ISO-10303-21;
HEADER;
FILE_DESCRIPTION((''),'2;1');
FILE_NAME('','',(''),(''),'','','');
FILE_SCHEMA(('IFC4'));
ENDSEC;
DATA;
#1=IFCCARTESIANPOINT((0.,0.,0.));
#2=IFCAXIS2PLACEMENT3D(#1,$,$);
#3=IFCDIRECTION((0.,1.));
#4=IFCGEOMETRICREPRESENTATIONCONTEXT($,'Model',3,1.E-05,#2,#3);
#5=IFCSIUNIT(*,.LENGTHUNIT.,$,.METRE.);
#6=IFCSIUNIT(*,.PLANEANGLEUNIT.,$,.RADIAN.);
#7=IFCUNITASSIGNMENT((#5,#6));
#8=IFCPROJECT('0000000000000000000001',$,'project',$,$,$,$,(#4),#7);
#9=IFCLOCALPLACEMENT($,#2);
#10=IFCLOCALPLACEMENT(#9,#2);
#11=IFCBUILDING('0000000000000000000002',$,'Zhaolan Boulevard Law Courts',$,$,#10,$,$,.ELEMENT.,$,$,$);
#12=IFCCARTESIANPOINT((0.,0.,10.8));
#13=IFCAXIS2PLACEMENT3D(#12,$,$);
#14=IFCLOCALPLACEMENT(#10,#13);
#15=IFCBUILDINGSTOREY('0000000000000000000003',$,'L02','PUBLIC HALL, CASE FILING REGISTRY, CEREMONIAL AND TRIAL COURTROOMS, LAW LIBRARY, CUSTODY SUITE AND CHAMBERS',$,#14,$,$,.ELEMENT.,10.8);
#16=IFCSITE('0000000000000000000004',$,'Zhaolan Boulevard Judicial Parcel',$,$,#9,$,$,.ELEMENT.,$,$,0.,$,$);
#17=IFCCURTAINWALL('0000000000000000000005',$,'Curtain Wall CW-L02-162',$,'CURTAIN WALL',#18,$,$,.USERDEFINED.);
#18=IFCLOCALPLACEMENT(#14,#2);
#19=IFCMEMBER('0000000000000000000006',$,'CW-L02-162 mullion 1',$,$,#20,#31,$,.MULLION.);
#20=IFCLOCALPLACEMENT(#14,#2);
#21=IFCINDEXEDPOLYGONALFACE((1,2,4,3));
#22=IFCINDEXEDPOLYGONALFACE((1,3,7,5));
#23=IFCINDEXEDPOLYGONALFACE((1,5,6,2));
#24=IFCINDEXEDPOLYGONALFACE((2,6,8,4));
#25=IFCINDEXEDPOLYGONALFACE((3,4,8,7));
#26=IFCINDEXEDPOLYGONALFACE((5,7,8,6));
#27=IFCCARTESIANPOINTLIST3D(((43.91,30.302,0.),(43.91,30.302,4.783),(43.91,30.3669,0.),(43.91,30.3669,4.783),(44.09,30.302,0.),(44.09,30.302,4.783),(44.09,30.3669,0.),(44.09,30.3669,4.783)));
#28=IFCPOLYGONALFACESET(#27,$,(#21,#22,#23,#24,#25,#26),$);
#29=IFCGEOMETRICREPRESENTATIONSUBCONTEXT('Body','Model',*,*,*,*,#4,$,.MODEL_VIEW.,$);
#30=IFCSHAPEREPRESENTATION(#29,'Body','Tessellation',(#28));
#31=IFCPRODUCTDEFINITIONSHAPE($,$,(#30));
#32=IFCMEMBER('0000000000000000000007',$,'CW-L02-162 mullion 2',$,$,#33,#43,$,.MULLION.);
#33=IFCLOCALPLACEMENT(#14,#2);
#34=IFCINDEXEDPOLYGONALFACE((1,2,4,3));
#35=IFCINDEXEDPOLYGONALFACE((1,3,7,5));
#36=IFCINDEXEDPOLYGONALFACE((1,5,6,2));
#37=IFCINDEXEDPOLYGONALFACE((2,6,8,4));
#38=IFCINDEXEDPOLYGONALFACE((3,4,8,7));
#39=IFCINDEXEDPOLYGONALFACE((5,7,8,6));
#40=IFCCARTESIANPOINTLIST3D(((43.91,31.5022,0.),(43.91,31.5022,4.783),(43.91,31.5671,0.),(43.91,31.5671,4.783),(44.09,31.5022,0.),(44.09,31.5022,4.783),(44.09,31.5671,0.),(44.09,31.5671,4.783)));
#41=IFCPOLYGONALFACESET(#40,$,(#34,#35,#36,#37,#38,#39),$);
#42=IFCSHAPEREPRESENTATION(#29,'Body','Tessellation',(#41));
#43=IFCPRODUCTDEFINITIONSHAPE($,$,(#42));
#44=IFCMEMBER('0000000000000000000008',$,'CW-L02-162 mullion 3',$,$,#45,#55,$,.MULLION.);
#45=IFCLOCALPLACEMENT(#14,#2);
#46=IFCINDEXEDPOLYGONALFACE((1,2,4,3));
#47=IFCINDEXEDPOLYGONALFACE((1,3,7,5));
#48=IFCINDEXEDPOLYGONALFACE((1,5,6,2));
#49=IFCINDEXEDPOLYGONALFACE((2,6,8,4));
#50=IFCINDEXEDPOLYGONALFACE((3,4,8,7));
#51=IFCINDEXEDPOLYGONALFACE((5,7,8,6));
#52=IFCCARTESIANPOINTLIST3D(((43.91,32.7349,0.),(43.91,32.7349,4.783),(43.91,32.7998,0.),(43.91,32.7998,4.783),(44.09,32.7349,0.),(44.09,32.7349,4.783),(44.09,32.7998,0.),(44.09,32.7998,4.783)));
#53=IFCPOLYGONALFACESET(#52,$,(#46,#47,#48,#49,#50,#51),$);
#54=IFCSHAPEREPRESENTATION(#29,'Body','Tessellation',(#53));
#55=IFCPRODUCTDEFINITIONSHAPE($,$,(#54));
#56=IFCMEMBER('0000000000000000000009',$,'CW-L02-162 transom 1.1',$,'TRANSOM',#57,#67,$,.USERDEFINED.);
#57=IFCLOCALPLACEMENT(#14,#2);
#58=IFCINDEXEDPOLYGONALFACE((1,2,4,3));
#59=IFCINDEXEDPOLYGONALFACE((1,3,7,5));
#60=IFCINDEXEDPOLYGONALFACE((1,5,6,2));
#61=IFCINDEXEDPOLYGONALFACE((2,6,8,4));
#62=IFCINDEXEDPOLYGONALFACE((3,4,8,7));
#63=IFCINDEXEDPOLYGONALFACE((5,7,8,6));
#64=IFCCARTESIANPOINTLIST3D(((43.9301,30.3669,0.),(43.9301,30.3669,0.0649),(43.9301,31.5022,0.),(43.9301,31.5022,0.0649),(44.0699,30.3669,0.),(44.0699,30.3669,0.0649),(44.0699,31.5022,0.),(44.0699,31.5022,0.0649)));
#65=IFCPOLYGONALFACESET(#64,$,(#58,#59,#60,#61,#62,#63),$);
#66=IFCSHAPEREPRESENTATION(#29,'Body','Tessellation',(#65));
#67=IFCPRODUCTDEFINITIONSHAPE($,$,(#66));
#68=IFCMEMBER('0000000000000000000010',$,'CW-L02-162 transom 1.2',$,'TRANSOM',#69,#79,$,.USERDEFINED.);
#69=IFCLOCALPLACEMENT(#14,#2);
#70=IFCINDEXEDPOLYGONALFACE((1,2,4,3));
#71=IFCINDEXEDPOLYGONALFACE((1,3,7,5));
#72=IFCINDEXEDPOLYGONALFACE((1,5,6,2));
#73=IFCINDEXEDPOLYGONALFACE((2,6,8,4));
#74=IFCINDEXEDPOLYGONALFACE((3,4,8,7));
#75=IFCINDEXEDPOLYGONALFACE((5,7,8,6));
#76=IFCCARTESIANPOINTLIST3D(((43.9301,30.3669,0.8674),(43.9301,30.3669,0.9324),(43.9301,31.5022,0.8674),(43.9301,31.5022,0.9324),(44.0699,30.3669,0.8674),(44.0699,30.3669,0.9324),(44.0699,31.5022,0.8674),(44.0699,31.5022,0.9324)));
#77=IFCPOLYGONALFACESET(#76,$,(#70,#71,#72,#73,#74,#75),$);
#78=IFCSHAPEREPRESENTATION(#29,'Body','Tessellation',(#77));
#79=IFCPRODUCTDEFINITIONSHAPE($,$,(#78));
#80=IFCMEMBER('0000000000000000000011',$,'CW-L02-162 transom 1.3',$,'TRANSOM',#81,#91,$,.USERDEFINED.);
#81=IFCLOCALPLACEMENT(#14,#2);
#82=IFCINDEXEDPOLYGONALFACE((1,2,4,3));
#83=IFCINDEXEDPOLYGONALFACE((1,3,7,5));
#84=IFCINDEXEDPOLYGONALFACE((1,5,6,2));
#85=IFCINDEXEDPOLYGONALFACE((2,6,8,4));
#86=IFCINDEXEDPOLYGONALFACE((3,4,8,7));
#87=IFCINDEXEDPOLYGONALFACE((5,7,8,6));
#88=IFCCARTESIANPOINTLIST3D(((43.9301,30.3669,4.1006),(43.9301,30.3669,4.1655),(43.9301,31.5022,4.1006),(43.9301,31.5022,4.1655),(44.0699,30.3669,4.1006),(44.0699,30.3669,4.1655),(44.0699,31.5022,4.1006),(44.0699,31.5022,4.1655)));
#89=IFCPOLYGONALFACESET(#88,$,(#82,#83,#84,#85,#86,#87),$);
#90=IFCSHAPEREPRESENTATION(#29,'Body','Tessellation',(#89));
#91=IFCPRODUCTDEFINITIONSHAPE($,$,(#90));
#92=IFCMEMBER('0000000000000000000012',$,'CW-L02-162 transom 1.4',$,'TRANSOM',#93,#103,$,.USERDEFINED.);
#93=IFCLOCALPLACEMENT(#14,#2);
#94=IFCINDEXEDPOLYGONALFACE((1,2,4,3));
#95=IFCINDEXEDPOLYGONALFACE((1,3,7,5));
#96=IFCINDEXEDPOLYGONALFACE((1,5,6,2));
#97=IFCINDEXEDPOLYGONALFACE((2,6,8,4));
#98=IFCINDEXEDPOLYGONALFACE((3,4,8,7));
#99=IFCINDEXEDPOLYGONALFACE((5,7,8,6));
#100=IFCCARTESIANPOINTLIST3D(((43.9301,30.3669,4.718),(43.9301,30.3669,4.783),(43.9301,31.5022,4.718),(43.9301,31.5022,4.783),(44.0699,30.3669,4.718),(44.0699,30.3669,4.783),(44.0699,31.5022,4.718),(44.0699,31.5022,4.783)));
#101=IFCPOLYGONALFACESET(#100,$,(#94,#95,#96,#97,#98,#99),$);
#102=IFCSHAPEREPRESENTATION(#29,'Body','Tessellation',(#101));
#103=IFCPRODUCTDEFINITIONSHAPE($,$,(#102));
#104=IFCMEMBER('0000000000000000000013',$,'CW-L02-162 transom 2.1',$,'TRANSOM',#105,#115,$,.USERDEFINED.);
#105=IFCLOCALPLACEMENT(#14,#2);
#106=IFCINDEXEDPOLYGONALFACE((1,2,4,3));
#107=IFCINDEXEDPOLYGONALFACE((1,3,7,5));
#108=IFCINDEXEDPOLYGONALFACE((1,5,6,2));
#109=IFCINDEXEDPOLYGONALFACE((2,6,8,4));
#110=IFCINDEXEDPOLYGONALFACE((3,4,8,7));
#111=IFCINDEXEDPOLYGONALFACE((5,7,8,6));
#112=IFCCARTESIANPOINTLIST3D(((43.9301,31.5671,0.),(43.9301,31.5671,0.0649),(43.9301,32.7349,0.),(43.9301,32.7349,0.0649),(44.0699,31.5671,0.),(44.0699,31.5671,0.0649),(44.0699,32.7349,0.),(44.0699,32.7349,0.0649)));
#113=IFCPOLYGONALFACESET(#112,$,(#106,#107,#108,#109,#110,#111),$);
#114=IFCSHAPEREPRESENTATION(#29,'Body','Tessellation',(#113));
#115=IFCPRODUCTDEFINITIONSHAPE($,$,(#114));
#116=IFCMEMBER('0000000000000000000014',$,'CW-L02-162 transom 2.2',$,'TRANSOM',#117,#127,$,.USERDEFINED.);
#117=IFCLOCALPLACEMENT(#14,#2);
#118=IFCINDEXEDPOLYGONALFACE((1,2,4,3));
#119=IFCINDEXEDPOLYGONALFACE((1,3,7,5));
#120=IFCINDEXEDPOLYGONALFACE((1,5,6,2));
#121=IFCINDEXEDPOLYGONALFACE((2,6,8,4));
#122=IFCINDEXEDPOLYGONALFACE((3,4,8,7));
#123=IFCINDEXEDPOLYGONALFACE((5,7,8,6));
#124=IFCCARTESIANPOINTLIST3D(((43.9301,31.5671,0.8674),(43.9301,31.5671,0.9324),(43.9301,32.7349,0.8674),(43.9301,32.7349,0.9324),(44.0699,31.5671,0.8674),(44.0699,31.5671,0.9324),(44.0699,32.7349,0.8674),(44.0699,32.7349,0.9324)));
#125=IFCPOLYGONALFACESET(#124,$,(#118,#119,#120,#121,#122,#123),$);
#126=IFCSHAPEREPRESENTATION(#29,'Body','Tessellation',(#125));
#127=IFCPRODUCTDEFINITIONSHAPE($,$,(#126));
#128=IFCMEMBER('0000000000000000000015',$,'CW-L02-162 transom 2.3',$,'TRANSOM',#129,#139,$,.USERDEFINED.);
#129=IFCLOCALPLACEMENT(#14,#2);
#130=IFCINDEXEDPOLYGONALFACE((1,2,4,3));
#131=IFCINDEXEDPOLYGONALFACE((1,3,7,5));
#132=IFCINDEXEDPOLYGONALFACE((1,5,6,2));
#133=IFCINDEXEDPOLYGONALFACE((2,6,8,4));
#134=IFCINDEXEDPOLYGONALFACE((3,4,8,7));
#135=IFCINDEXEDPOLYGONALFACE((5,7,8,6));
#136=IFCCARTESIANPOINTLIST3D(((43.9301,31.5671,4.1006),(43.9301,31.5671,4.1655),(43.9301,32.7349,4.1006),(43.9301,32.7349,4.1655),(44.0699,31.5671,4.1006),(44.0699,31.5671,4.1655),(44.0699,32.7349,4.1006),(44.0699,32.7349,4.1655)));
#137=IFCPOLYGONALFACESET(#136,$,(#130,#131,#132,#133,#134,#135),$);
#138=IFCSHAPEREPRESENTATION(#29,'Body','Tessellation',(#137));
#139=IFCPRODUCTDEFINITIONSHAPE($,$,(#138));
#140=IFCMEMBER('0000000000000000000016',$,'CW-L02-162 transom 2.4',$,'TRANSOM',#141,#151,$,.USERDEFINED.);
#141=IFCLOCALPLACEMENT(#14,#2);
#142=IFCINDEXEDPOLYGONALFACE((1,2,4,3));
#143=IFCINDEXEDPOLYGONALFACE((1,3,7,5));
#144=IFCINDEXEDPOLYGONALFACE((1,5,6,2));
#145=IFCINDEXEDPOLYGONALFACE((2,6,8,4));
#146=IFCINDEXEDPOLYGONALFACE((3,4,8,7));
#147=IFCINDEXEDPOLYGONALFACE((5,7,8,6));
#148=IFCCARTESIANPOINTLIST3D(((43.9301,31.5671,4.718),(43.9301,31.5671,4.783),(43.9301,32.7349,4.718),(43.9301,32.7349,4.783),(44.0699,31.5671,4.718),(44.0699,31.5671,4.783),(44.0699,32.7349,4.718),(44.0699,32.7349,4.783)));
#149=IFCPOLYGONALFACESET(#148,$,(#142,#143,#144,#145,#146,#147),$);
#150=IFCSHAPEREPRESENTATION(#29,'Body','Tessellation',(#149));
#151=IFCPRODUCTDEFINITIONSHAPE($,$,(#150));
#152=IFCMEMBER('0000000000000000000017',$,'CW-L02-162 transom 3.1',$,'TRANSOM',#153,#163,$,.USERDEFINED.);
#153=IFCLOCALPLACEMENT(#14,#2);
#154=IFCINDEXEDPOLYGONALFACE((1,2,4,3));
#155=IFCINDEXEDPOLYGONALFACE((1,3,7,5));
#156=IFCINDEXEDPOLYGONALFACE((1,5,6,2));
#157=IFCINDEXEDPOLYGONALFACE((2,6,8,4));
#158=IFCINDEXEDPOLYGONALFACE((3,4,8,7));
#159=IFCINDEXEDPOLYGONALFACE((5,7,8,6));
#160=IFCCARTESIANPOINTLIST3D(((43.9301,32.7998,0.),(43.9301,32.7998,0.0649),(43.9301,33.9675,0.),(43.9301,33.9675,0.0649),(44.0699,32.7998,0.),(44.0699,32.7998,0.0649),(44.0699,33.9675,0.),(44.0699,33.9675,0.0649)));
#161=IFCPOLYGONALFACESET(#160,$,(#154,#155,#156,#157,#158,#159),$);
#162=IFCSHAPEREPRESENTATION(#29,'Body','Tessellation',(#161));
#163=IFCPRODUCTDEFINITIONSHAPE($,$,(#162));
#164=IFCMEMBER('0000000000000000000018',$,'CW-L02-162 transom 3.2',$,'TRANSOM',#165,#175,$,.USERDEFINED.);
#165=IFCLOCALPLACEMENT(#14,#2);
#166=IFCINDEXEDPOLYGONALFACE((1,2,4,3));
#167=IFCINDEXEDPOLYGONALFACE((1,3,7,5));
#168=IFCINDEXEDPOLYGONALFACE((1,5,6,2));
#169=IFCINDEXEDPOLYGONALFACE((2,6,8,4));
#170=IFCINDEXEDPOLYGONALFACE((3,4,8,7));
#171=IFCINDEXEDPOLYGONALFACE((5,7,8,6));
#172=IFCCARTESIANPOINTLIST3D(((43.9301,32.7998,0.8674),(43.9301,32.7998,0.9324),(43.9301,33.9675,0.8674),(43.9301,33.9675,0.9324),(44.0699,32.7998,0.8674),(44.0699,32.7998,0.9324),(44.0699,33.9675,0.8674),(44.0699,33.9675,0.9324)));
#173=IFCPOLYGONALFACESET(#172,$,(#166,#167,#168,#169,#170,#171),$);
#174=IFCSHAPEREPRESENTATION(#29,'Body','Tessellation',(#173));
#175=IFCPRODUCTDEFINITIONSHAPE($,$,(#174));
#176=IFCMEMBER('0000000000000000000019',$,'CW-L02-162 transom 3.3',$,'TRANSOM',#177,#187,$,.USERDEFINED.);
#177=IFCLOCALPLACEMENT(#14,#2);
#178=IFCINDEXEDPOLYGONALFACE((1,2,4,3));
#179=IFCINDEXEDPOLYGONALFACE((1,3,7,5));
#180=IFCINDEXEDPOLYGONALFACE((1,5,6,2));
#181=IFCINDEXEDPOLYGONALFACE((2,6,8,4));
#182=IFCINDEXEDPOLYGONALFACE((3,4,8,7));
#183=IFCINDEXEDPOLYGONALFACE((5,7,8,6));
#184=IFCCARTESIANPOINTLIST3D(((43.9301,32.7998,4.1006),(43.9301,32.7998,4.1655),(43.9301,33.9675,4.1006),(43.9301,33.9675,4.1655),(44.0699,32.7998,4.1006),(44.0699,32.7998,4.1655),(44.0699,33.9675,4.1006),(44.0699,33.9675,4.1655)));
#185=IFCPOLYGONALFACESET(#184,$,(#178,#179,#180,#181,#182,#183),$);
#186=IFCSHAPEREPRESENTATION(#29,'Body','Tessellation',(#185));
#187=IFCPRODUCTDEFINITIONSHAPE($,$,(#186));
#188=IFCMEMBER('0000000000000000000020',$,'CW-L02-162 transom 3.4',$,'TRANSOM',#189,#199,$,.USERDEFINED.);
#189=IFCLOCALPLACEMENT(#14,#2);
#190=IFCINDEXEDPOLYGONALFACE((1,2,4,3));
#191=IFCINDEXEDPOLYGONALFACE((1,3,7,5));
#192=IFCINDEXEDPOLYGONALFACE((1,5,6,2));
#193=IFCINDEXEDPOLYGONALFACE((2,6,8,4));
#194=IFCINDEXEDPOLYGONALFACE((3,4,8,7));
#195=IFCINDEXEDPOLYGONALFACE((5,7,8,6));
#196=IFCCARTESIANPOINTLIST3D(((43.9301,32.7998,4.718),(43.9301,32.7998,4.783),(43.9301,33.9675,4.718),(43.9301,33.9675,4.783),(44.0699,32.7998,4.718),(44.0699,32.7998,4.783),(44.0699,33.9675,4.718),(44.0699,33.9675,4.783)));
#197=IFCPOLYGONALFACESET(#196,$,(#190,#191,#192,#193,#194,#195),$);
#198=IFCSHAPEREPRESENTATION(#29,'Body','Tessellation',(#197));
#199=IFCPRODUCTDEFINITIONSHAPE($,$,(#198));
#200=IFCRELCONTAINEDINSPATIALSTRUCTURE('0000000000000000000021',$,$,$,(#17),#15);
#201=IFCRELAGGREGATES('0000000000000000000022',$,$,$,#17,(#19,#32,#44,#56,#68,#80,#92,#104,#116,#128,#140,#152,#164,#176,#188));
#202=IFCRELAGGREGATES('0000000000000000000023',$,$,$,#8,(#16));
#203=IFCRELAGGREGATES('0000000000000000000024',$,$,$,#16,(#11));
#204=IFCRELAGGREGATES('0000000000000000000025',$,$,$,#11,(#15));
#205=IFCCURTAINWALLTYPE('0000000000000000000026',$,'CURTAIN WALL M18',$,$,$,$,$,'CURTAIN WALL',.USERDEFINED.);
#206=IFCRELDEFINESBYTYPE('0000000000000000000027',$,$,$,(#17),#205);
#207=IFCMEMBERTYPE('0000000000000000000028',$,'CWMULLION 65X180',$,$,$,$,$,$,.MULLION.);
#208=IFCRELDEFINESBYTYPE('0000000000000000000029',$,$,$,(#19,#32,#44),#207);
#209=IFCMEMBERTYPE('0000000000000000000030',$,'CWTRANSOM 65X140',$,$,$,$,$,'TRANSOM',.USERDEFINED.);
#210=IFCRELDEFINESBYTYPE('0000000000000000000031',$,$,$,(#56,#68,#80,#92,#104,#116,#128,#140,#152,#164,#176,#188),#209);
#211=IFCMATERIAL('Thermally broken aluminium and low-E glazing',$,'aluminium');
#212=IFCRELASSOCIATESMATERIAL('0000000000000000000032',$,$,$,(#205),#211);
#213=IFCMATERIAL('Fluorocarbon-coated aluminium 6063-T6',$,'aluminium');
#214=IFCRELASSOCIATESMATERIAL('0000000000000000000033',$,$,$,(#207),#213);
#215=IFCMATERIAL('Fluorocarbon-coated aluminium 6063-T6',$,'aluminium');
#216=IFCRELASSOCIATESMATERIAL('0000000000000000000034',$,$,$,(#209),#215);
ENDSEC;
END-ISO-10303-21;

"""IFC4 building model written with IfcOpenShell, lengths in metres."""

from ifc_helpers import new_model, si_unit, direction, frame, origin, origin_2d, place, context, subcontext, project, spatial, rectangle, extrude, material, material_profile, profile_set, type_object, element, aggregate, save


model = new_model("IFC4")

# Units and contexts
model_context = context("Model", 3, precision=1e-05, world=origin(), true_north=direction((0.0, 1.0)))
body_context = subcontext(model_context, "Body", "Model", "MODEL_VIEW")
ifc_project = project(units=[si_unit("LENGTHUNIT", "METRE"), si_unit("PLANEANGLEUNIT", "RADIAN")], contexts=[model_context])

# Site, building, storey
site_placement = place(None, origin())
site = spatial("IfcSite", under=ifc_project, at=site_placement, Name="Zhaolan Boulevard Judicial Parcel", CompositionType="ELEMENT", RefElevation=0.0)
building_placement = place(site_placement, origin())
building = spatial("IfcBuilding", under=site, at=building_placement, Name="Zhaolan Boulevard Law Courts", CompositionType="ELEMENT")
storey_placement = place(building_placement, frame((0.0, 0.0, 10.8)))
storey = spatial("IfcBuildingStorey", under=building, at=storey_placement, Name="L02", Description="PUBLIC HALL, CASE FILING REGISTRY, CEREMONIAL AND TRIAL COURTROOMS, LAW LIBRARY, CUSTODY SUITE AND CHAMBERS", CompositionType="ELEMENT", Elevation=10.8)

# Curtain wall, members
ifc_material_1 = material(Name="Thermally broken aluminium and low-E glazing", Category="aluminium")
curtain_wall_type = type_object("IfcCurtainWallType", Name="CURTAIN WALL M18", ElementType="CURTAIN WALL", PredefinedType="USERDEFINED", material=ifc_material_1)
curtain_wall_placement = place(storey_placement, origin())
curtain_wall = element("IfcCurtainWall", 1, at=curtain_wall_placement, inside=storey, type_object=curtain_wall_type, Name="Curtain Wall CW-L02-162", ObjectType="CURTAIN WALL", PredefinedType="USERDEFINED")
ifc_material_2 = material(Name="Fluorocarbon-coated aluminium 6063-T6", Category="aluminium")
ifc_material_profile_1 = material_profile(ifc_material_2, rectangle(XDim=0.1799, YDim=0.0649, at=origin_2d()), Name="AL65x180")
ifc_profile_set_1 = profile_set([ifc_material_profile_1], Name="Fluorocarbon-coated aluminium 6063-T6")
member_type_1 = type_object("IfcMemberType", Name="CWMULLION 65X180", PredefinedType="MULLION", material=ifc_profile_set_1)
member_1_placement = place(storey_placement, frame((44.0, 30.3345, 0.0), z_axis=(0.0, 0.0, 1.0), x_axis=(-1.0, 0.0, 0.0)))
member_1 = element("IfcMember", 2, at=member_1_placement, type_object=member_type_1, Name="CW-L02-162 mullion 1", PredefinedType="MULLION", context=body_context, shape_type="SweptSolid", body=[
    extrude(rectangle(XDim=0.1799, YDim=0.0649, at=origin_2d()), origin(), (0.0, 0.0, 1.0), 4.783),
])
member_2_placement = place(storey_placement, frame((44.0, 31.5347, 0.0), z_axis=(0.0, 0.0, 1.0), x_axis=(-1.0, 0.0, 0.0)))
member_2 = element("IfcMember", 3, at=member_2_placement, type_object=member_type_1, Name="CW-L02-162 mullion 2", PredefinedType="MULLION", context=body_context, shape_type="SweptSolid", body=[
    extrude(rectangle(XDim=0.1799, YDim=0.0649, at=origin_2d()), origin(), (0.0, 0.0, 1.0), 4.783),
])
member_3_placement = place(storey_placement, frame((44.0, 32.7673, 0.0), z_axis=(0.0, 0.0, 1.0), x_axis=(-1.0, 0.0, 0.0)))
member_3 = element("IfcMember", 4, at=member_3_placement, type_object=member_type_1, Name="CW-L02-162 mullion 3", PredefinedType="MULLION", context=body_context, shape_type="SweptSolid", body=[
    extrude(rectangle(XDim=0.1799, YDim=0.0649, at=origin_2d()), origin(), (0.0, 0.0, 1.0), 4.783),
])
ifc_material_3 = material(Name="Fluorocarbon-coated aluminium 6063-T6", Category="aluminium")
ifc_material_profile_2 = material_profile(ifc_material_3, rectangle(XDim=0.1399, YDim=0.0649, at=origin_2d()), Name="AL65x140")
ifc_profile_set_2 = profile_set([ifc_material_profile_2], Name="Fluorocarbon-coated aluminium 6063-T6")
member_type_2 = type_object("IfcMemberType", Name="CWTRANSOM 65X140", ElementType="TRANSOM", PredefinedType="USERDEFINED", material=ifc_profile_set_2)
member_4_placement = place(storey_placement, frame((44.0, 30.3669, 0.0325), z_axis=(0.0, 1.0, 0.0), x_axis=(-1.0, 0.0, 0.0)))
member_4 = element("IfcMember", 5, at=member_4_placement, type_object=member_type_2, Name="CW-L02-162 transom 1.1", ObjectType="TRANSOM", PredefinedType="USERDEFINED", context=body_context, shape_type="SweptSolid", body=[
    extrude(rectangle(XDim=0.1399, YDim=0.0649, at=origin_2d()), origin(), (0.0, 0.0, 1.0), 1.1353),
])
member_5_placement = place(storey_placement, frame((44.0, 30.3669, 0.8999), z_axis=(0.0, 1.0, 0.0), x_axis=(-1.0, 0.0, 0.0)))
member_5 = element("IfcMember", 6, at=member_5_placement, type_object=member_type_2, Name="CW-L02-162 transom 1.2", ObjectType="TRANSOM", PredefinedType="USERDEFINED", context=body_context, shape_type="SweptSolid", body=[
    extrude(rectangle(XDim=0.1399, YDim=0.0649, at=origin_2d()), origin(), (0.0, 0.0, 1.0), 1.1353),
])
member_6_placement = place(storey_placement, frame((44.0, 30.3669, 4.1331), z_axis=(0.0, 1.0, 0.0), x_axis=(-1.0, 0.0, 0.0)))
member_6 = element("IfcMember", 7, at=member_6_placement, type_object=member_type_2, Name="CW-L02-162 transom 1.3", ObjectType="TRANSOM", PredefinedType="USERDEFINED", context=body_context, shape_type="SweptSolid", body=[
    extrude(rectangle(XDim=0.1399, YDim=0.0649, at=origin_2d()), origin(), (0.0, 0.0, 1.0), 1.1353),
])
member_7_placement = place(storey_placement, frame((44.0, 30.3669, 4.7505), z_axis=(0.0, 1.0, 0.0), x_axis=(-1.0, 0.0, 0.0)))
member_7 = element("IfcMember", 8, at=member_7_placement, type_object=member_type_2, Name="CW-L02-162 transom 1.4", ObjectType="TRANSOM", PredefinedType="USERDEFINED", context=body_context, shape_type="SweptSolid", body=[
    extrude(rectangle(XDim=0.1399, YDim=0.0649, at=origin_2d()), origin(), (0.0, 0.0, 1.0), 1.1353),
])
member_8_placement = place(storey_placement, frame((44.0, 31.5671, 0.0325), z_axis=(0.0, 1.0, 0.0), x_axis=(-1.0, 0.0, 0.0)))
member_8 = element("IfcMember", 9, at=member_8_placement, type_object=member_type_2, Name="CW-L02-162 transom 2.1", ObjectType="TRANSOM", PredefinedType="USERDEFINED", context=body_context, shape_type="SweptSolid", body=[
    extrude(rectangle(XDim=0.1399, YDim=0.0649, at=origin_2d()), origin(), (0.0, 0.0, 1.0), 1.1677),
])
member_9_placement = place(storey_placement, frame((44.0, 31.5671, 0.8999), z_axis=(0.0, 1.0, 0.0), x_axis=(-1.0, 0.0, 0.0)))
member_9 = element("IfcMember", 10, at=member_9_placement, type_object=member_type_2, Name="CW-L02-162 transom 2.2", ObjectType="TRANSOM", PredefinedType="USERDEFINED", context=body_context, shape_type="SweptSolid", body=[
    extrude(rectangle(XDim=0.1399, YDim=0.0649, at=origin_2d()), origin(), (0.0, 0.0, 1.0), 1.1677),
])
member_10_placement = place(storey_placement, frame((44.0, 31.5671, 4.1331), z_axis=(0.0, 1.0, 0.0), x_axis=(-1.0, 0.0, 0.0)))
member_10 = element("IfcMember", 11, at=member_10_placement, type_object=member_type_2, Name="CW-L02-162 transom 2.3", ObjectType="TRANSOM", PredefinedType="USERDEFINED", context=body_context, shape_type="SweptSolid", body=[
    extrude(rectangle(XDim=0.1399, YDim=0.0649, at=origin_2d()), origin(), (0.0, 0.0, 1.0), 1.1677),
])
member_11_placement = place(storey_placement, frame((44.0, 31.5671, 4.7505), z_axis=(0.0, 1.0, 0.0), x_axis=(-1.0, 0.0, 0.0)))
member_11 = element("IfcMember", 12, at=member_11_placement, type_object=member_type_2, Name="CW-L02-162 transom 2.4", ObjectType="TRANSOM", PredefinedType="USERDEFINED", context=body_context, shape_type="SweptSolid", body=[
    extrude(rectangle(XDim=0.1399, YDim=0.0649, at=origin_2d()), origin(), (0.0, 0.0, 1.0), 1.1677),
])
member_12_placement = place(storey_placement, frame((44.0, 32.7998, 0.0325), z_axis=(0.0, 1.0, 0.0), x_axis=(-1.0, 0.0, 0.0)))
member_12 = element("IfcMember", 13, at=member_12_placement, type_object=member_type_2, Name="CW-L02-162 transom 3.1", ObjectType="TRANSOM", PredefinedType="USERDEFINED", context=body_context, shape_type="SweptSolid", body=[
    extrude(rectangle(XDim=0.1399, YDim=0.0649, at=origin_2d()), origin(), (0.0, 0.0, 1.0), 1.1677),
])
member_13_placement = place(storey_placement, frame((44.0, 32.7998, 0.8999), z_axis=(0.0, 1.0, 0.0), x_axis=(-1.0, 0.0, 0.0)))
member_13 = element("IfcMember", 14, at=member_13_placement, type_object=member_type_2, Name="CW-L02-162 transom 3.2", ObjectType="TRANSOM", PredefinedType="USERDEFINED", context=body_context, shape_type="SweptSolid", body=[
    extrude(rectangle(XDim=0.1399, YDim=0.0649, at=origin_2d()), origin(), (0.0, 0.0, 1.0), 1.1677),
])
member_14_placement = place(storey_placement, frame((44.0, 32.7998, 4.1331), z_axis=(0.0, 1.0, 0.0), x_axis=(-1.0, 0.0, 0.0)))
member_14 = element("IfcMember", 15, at=member_14_placement, type_object=member_type_2, Name="CW-L02-162 transom 3.3", ObjectType="TRANSOM", PredefinedType="USERDEFINED", context=body_context, shape_type="SweptSolid", body=[
    extrude(rectangle(XDim=0.1399, YDim=0.0649, at=origin_2d()), origin(), (0.0, 0.0, 1.0), 1.1677),
])
member_15_placement = place(storey_placement, frame((44.0, 32.7998, 4.7505), z_axis=(0.0, 1.0, 0.0), x_axis=(-1.0, 0.0, 0.0)))
member_15 = element("IfcMember", 16, at=member_15_placement, type_object=member_type_2, Name="CW-L02-162 transom 3.4", ObjectType="TRANSOM", PredefinedType="USERDEFINED", context=body_context, shape_type="SweptSolid", body=[
    extrude(rectangle(XDim=0.1399, YDim=0.0649, at=origin_2d()), origin(), (0.0, 0.0, 1.0), 1.1677),
])
aggregate(curtain_wall, [member_1, member_2, member_3, member_4, member_5, member_6, member_7, member_8, member_9, member_10, member_11, member_12, member_13, member_14, member_15])

save(model, "model.ifc")
